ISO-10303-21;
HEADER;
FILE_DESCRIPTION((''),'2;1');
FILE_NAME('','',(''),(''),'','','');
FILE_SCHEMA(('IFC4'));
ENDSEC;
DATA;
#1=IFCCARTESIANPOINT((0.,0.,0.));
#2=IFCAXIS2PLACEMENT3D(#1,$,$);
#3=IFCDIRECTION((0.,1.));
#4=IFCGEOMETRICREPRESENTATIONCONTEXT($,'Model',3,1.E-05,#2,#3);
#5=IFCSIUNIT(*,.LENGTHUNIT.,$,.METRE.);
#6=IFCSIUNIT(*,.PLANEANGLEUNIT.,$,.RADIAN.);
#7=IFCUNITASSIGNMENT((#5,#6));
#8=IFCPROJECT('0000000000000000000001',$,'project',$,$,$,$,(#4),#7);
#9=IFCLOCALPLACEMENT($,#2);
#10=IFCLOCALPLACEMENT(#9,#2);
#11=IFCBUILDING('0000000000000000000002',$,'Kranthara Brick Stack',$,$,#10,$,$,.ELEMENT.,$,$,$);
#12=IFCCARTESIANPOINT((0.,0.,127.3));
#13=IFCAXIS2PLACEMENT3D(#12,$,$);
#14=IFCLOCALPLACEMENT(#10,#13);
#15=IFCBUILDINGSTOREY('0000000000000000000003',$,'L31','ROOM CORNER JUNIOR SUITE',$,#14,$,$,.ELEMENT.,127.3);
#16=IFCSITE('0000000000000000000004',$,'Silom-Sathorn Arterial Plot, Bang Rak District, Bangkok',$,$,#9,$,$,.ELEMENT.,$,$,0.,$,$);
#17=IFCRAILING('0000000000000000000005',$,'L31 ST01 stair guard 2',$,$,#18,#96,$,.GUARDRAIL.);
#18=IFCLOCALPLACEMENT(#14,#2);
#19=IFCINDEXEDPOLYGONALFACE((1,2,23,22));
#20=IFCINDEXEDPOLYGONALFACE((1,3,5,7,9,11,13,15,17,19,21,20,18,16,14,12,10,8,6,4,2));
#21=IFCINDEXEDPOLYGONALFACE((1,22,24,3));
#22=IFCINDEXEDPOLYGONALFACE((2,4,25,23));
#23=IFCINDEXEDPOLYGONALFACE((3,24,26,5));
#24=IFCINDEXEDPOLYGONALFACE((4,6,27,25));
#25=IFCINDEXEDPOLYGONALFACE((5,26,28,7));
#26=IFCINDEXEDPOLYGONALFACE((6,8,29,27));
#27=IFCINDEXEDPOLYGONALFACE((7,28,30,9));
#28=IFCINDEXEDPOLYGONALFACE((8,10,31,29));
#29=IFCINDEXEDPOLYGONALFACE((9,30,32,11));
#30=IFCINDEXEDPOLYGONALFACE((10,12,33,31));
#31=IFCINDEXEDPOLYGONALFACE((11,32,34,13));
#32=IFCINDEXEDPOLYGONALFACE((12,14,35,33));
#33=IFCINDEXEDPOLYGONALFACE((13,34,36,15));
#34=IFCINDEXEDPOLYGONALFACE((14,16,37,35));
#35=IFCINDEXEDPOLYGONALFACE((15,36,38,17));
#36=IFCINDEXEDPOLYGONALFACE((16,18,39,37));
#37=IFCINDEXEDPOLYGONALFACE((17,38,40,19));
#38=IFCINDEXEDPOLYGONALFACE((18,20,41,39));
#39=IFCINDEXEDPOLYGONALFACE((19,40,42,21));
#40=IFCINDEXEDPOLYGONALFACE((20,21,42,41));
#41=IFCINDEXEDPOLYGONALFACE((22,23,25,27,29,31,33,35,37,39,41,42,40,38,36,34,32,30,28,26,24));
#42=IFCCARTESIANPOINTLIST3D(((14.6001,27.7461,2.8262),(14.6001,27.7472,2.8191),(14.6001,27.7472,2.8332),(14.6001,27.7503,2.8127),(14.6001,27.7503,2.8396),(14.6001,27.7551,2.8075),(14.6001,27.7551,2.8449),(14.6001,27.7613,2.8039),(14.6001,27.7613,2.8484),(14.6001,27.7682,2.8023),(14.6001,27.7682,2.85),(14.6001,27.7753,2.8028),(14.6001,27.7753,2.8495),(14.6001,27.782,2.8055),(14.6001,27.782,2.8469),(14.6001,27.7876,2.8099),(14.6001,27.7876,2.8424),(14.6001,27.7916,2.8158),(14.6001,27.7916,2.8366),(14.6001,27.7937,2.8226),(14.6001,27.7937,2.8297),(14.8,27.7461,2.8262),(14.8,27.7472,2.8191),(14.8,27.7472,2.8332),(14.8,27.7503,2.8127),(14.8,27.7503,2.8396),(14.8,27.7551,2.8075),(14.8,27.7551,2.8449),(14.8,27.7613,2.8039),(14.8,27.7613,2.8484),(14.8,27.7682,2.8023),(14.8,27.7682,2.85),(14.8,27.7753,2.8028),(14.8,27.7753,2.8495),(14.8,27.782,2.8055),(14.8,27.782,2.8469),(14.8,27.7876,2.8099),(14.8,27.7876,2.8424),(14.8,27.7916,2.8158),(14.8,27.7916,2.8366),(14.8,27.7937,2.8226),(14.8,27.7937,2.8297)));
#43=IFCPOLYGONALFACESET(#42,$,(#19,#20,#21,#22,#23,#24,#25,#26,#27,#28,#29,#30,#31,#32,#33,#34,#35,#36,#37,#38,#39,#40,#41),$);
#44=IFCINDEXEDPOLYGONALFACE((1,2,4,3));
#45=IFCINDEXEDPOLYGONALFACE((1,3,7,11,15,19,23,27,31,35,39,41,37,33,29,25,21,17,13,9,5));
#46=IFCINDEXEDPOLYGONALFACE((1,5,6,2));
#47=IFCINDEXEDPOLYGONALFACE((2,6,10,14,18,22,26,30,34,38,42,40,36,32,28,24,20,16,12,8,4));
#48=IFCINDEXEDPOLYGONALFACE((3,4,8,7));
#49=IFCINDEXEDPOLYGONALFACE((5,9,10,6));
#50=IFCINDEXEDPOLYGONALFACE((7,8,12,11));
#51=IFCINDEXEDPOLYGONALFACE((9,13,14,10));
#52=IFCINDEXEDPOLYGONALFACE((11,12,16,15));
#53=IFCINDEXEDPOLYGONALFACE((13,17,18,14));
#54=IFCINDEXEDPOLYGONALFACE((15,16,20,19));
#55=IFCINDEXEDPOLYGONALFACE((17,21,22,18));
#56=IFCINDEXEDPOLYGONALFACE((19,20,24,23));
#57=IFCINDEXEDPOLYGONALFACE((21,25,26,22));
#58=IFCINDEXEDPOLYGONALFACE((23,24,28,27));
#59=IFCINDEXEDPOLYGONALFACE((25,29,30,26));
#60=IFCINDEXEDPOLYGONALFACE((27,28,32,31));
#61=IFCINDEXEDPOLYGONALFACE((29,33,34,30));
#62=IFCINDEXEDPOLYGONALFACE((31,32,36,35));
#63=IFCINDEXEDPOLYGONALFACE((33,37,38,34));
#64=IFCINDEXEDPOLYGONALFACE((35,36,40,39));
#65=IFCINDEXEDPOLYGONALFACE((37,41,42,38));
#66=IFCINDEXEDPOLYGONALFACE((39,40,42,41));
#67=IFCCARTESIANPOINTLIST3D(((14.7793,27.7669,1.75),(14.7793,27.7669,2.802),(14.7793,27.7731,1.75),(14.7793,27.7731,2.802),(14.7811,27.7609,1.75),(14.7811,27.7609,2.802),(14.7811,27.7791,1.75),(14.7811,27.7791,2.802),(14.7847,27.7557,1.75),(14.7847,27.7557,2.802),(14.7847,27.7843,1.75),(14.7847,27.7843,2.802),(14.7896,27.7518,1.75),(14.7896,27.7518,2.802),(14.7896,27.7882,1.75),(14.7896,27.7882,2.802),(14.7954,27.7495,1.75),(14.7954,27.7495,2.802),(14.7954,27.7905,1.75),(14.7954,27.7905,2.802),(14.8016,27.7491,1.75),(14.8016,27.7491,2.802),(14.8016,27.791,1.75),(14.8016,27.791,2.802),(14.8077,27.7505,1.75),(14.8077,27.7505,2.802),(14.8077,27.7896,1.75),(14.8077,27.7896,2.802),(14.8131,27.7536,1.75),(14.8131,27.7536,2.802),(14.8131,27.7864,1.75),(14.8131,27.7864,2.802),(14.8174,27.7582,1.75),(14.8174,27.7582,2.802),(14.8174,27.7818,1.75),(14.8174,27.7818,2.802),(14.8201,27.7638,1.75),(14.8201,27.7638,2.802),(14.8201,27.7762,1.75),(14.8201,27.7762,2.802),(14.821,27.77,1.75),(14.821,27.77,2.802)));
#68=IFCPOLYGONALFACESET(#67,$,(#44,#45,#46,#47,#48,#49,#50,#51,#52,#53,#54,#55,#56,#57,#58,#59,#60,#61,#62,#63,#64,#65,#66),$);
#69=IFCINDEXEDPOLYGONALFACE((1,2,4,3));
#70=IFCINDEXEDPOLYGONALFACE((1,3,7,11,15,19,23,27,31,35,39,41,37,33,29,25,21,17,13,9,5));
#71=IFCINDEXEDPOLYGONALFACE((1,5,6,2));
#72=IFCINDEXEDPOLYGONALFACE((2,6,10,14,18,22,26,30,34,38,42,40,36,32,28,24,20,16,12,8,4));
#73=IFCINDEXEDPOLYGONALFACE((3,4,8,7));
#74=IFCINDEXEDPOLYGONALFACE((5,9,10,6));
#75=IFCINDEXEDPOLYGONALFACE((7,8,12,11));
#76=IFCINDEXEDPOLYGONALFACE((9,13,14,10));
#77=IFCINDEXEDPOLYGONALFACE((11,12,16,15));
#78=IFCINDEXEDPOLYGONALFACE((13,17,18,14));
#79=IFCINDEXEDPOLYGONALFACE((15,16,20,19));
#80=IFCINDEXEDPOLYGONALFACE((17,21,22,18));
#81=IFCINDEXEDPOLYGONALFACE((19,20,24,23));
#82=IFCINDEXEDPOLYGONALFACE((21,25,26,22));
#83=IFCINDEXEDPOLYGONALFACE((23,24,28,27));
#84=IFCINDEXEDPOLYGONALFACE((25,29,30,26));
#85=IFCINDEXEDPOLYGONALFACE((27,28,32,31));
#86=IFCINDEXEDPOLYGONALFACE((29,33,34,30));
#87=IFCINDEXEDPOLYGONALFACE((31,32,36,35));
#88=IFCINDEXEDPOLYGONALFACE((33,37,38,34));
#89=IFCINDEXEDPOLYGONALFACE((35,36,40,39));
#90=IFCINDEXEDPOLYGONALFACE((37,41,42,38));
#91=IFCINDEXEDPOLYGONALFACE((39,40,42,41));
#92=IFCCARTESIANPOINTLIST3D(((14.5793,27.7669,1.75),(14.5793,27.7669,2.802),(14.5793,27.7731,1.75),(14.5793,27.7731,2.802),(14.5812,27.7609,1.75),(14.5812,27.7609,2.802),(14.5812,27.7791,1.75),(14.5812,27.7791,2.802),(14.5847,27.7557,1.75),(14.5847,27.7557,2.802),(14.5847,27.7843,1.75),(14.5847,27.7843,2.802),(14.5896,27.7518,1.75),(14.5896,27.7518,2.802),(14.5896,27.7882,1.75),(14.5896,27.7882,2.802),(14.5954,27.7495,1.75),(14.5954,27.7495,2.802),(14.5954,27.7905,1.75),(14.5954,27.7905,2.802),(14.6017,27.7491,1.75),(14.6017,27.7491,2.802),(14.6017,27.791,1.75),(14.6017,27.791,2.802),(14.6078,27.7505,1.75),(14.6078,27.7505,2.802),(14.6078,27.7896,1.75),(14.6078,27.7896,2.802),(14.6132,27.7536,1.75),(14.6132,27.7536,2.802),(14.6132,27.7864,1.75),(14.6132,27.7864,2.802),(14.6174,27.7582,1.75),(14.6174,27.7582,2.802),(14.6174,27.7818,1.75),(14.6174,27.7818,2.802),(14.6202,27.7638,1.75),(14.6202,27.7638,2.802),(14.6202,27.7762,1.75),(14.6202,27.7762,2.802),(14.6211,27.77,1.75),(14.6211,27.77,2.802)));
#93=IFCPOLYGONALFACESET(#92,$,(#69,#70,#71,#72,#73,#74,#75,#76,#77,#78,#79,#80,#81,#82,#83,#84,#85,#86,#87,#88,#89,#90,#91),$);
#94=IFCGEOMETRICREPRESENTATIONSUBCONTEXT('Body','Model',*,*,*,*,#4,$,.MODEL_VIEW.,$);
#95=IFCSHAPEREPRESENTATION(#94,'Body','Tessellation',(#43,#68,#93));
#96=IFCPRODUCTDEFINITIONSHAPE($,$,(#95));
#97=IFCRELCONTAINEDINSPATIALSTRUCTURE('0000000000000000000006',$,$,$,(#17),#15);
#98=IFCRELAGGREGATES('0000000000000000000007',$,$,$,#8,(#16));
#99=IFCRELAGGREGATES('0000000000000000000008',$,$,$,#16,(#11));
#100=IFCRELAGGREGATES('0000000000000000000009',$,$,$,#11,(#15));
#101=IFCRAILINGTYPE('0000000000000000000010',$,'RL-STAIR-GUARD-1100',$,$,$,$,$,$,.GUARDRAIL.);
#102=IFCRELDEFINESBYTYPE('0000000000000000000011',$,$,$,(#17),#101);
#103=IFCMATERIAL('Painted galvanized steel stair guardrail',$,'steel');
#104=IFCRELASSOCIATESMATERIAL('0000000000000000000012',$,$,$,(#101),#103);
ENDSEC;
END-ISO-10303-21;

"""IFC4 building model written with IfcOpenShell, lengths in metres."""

from ifc_helpers import new_model, si_unit, direction, frame, origin, origin_2d, place, context, subcontext, project, spatial, circle, extrude, material, type_object, element, save


model = new_model("IFC4")

# Units and contexts
model_context = context("Model", 3, precision=1e-05, world=origin(), true_north=direction((0.0, 1.0)))
body_context = subcontext(model_context, "Body", "Model", "MODEL_VIEW")
ifc_project = project(units=[si_unit("LENGTHUNIT", "METRE"), si_unit("PLANEANGLEUNIT", "RADIAN")], contexts=[model_context])

# Site, building, storey
site_placement = place(None, origin())
site = spatial("IfcSite", under=ifc_project, at=site_placement, Name="Silom-Sathorn Arterial Plot, Bang Rak District, Bangkok", CompositionType="ELEMENT", RefElevation=0.0)
building_placement = place(site_placement, origin())
building = spatial("IfcBuilding", under=site, at=building_placement, Name="Kranthara Brick Stack", CompositionType="ELEMENT")
storey_placement = place(building_placement, frame((0.0, 0.0, 127.3)))
storey = spatial("IfcBuildingStorey", under=building, at=storey_placement, Name="L31", Description="ROOM CORNER JUNIOR SUITE", CompositionType="ELEMENT", Elevation=127.3)

# Railing
ifc_material_1 = material(Name="Painted galvanized steel stair guardrail", Category="steel")
railing_type_1 = type_object("IfcRailingType", Name="RL-STAIR-GUARD-1100", PredefinedType="GUARDRAIL", material=ifc_material_1)
railing_1_placement = place(storey_placement, frame((14.8, 27.77, 1.75)))
element("IfcRailing", 1, at=railing_1_placement, inside=storey, type_object=railing_type_1, Name="L31 ST01 stair guard 2", PredefinedType="GUARDRAIL", context=body_context, shape_type="SweptSolid", body=[
    extrude(circle(Radius=0.0239, at=origin_2d()), frame((0.0, 0.0, 1.0762), z_axis=(-1.0, 0.0, 0.0), x_axis=(0.0, -1.0, 0.0)), (0.0, 0.0, 1.0), 0.2),
    extrude(circle(Radius=0.021, at=origin_2d()), origin(), (0.0, 0.0, 1.0), 1.052),
    extrude(circle(Radius=0.021, at=origin_2d()), frame((-0.2, 0.0, 0.0)), (0.0, 0.0, 1.0), 1.052),
])

save(model, "model.ifc")
